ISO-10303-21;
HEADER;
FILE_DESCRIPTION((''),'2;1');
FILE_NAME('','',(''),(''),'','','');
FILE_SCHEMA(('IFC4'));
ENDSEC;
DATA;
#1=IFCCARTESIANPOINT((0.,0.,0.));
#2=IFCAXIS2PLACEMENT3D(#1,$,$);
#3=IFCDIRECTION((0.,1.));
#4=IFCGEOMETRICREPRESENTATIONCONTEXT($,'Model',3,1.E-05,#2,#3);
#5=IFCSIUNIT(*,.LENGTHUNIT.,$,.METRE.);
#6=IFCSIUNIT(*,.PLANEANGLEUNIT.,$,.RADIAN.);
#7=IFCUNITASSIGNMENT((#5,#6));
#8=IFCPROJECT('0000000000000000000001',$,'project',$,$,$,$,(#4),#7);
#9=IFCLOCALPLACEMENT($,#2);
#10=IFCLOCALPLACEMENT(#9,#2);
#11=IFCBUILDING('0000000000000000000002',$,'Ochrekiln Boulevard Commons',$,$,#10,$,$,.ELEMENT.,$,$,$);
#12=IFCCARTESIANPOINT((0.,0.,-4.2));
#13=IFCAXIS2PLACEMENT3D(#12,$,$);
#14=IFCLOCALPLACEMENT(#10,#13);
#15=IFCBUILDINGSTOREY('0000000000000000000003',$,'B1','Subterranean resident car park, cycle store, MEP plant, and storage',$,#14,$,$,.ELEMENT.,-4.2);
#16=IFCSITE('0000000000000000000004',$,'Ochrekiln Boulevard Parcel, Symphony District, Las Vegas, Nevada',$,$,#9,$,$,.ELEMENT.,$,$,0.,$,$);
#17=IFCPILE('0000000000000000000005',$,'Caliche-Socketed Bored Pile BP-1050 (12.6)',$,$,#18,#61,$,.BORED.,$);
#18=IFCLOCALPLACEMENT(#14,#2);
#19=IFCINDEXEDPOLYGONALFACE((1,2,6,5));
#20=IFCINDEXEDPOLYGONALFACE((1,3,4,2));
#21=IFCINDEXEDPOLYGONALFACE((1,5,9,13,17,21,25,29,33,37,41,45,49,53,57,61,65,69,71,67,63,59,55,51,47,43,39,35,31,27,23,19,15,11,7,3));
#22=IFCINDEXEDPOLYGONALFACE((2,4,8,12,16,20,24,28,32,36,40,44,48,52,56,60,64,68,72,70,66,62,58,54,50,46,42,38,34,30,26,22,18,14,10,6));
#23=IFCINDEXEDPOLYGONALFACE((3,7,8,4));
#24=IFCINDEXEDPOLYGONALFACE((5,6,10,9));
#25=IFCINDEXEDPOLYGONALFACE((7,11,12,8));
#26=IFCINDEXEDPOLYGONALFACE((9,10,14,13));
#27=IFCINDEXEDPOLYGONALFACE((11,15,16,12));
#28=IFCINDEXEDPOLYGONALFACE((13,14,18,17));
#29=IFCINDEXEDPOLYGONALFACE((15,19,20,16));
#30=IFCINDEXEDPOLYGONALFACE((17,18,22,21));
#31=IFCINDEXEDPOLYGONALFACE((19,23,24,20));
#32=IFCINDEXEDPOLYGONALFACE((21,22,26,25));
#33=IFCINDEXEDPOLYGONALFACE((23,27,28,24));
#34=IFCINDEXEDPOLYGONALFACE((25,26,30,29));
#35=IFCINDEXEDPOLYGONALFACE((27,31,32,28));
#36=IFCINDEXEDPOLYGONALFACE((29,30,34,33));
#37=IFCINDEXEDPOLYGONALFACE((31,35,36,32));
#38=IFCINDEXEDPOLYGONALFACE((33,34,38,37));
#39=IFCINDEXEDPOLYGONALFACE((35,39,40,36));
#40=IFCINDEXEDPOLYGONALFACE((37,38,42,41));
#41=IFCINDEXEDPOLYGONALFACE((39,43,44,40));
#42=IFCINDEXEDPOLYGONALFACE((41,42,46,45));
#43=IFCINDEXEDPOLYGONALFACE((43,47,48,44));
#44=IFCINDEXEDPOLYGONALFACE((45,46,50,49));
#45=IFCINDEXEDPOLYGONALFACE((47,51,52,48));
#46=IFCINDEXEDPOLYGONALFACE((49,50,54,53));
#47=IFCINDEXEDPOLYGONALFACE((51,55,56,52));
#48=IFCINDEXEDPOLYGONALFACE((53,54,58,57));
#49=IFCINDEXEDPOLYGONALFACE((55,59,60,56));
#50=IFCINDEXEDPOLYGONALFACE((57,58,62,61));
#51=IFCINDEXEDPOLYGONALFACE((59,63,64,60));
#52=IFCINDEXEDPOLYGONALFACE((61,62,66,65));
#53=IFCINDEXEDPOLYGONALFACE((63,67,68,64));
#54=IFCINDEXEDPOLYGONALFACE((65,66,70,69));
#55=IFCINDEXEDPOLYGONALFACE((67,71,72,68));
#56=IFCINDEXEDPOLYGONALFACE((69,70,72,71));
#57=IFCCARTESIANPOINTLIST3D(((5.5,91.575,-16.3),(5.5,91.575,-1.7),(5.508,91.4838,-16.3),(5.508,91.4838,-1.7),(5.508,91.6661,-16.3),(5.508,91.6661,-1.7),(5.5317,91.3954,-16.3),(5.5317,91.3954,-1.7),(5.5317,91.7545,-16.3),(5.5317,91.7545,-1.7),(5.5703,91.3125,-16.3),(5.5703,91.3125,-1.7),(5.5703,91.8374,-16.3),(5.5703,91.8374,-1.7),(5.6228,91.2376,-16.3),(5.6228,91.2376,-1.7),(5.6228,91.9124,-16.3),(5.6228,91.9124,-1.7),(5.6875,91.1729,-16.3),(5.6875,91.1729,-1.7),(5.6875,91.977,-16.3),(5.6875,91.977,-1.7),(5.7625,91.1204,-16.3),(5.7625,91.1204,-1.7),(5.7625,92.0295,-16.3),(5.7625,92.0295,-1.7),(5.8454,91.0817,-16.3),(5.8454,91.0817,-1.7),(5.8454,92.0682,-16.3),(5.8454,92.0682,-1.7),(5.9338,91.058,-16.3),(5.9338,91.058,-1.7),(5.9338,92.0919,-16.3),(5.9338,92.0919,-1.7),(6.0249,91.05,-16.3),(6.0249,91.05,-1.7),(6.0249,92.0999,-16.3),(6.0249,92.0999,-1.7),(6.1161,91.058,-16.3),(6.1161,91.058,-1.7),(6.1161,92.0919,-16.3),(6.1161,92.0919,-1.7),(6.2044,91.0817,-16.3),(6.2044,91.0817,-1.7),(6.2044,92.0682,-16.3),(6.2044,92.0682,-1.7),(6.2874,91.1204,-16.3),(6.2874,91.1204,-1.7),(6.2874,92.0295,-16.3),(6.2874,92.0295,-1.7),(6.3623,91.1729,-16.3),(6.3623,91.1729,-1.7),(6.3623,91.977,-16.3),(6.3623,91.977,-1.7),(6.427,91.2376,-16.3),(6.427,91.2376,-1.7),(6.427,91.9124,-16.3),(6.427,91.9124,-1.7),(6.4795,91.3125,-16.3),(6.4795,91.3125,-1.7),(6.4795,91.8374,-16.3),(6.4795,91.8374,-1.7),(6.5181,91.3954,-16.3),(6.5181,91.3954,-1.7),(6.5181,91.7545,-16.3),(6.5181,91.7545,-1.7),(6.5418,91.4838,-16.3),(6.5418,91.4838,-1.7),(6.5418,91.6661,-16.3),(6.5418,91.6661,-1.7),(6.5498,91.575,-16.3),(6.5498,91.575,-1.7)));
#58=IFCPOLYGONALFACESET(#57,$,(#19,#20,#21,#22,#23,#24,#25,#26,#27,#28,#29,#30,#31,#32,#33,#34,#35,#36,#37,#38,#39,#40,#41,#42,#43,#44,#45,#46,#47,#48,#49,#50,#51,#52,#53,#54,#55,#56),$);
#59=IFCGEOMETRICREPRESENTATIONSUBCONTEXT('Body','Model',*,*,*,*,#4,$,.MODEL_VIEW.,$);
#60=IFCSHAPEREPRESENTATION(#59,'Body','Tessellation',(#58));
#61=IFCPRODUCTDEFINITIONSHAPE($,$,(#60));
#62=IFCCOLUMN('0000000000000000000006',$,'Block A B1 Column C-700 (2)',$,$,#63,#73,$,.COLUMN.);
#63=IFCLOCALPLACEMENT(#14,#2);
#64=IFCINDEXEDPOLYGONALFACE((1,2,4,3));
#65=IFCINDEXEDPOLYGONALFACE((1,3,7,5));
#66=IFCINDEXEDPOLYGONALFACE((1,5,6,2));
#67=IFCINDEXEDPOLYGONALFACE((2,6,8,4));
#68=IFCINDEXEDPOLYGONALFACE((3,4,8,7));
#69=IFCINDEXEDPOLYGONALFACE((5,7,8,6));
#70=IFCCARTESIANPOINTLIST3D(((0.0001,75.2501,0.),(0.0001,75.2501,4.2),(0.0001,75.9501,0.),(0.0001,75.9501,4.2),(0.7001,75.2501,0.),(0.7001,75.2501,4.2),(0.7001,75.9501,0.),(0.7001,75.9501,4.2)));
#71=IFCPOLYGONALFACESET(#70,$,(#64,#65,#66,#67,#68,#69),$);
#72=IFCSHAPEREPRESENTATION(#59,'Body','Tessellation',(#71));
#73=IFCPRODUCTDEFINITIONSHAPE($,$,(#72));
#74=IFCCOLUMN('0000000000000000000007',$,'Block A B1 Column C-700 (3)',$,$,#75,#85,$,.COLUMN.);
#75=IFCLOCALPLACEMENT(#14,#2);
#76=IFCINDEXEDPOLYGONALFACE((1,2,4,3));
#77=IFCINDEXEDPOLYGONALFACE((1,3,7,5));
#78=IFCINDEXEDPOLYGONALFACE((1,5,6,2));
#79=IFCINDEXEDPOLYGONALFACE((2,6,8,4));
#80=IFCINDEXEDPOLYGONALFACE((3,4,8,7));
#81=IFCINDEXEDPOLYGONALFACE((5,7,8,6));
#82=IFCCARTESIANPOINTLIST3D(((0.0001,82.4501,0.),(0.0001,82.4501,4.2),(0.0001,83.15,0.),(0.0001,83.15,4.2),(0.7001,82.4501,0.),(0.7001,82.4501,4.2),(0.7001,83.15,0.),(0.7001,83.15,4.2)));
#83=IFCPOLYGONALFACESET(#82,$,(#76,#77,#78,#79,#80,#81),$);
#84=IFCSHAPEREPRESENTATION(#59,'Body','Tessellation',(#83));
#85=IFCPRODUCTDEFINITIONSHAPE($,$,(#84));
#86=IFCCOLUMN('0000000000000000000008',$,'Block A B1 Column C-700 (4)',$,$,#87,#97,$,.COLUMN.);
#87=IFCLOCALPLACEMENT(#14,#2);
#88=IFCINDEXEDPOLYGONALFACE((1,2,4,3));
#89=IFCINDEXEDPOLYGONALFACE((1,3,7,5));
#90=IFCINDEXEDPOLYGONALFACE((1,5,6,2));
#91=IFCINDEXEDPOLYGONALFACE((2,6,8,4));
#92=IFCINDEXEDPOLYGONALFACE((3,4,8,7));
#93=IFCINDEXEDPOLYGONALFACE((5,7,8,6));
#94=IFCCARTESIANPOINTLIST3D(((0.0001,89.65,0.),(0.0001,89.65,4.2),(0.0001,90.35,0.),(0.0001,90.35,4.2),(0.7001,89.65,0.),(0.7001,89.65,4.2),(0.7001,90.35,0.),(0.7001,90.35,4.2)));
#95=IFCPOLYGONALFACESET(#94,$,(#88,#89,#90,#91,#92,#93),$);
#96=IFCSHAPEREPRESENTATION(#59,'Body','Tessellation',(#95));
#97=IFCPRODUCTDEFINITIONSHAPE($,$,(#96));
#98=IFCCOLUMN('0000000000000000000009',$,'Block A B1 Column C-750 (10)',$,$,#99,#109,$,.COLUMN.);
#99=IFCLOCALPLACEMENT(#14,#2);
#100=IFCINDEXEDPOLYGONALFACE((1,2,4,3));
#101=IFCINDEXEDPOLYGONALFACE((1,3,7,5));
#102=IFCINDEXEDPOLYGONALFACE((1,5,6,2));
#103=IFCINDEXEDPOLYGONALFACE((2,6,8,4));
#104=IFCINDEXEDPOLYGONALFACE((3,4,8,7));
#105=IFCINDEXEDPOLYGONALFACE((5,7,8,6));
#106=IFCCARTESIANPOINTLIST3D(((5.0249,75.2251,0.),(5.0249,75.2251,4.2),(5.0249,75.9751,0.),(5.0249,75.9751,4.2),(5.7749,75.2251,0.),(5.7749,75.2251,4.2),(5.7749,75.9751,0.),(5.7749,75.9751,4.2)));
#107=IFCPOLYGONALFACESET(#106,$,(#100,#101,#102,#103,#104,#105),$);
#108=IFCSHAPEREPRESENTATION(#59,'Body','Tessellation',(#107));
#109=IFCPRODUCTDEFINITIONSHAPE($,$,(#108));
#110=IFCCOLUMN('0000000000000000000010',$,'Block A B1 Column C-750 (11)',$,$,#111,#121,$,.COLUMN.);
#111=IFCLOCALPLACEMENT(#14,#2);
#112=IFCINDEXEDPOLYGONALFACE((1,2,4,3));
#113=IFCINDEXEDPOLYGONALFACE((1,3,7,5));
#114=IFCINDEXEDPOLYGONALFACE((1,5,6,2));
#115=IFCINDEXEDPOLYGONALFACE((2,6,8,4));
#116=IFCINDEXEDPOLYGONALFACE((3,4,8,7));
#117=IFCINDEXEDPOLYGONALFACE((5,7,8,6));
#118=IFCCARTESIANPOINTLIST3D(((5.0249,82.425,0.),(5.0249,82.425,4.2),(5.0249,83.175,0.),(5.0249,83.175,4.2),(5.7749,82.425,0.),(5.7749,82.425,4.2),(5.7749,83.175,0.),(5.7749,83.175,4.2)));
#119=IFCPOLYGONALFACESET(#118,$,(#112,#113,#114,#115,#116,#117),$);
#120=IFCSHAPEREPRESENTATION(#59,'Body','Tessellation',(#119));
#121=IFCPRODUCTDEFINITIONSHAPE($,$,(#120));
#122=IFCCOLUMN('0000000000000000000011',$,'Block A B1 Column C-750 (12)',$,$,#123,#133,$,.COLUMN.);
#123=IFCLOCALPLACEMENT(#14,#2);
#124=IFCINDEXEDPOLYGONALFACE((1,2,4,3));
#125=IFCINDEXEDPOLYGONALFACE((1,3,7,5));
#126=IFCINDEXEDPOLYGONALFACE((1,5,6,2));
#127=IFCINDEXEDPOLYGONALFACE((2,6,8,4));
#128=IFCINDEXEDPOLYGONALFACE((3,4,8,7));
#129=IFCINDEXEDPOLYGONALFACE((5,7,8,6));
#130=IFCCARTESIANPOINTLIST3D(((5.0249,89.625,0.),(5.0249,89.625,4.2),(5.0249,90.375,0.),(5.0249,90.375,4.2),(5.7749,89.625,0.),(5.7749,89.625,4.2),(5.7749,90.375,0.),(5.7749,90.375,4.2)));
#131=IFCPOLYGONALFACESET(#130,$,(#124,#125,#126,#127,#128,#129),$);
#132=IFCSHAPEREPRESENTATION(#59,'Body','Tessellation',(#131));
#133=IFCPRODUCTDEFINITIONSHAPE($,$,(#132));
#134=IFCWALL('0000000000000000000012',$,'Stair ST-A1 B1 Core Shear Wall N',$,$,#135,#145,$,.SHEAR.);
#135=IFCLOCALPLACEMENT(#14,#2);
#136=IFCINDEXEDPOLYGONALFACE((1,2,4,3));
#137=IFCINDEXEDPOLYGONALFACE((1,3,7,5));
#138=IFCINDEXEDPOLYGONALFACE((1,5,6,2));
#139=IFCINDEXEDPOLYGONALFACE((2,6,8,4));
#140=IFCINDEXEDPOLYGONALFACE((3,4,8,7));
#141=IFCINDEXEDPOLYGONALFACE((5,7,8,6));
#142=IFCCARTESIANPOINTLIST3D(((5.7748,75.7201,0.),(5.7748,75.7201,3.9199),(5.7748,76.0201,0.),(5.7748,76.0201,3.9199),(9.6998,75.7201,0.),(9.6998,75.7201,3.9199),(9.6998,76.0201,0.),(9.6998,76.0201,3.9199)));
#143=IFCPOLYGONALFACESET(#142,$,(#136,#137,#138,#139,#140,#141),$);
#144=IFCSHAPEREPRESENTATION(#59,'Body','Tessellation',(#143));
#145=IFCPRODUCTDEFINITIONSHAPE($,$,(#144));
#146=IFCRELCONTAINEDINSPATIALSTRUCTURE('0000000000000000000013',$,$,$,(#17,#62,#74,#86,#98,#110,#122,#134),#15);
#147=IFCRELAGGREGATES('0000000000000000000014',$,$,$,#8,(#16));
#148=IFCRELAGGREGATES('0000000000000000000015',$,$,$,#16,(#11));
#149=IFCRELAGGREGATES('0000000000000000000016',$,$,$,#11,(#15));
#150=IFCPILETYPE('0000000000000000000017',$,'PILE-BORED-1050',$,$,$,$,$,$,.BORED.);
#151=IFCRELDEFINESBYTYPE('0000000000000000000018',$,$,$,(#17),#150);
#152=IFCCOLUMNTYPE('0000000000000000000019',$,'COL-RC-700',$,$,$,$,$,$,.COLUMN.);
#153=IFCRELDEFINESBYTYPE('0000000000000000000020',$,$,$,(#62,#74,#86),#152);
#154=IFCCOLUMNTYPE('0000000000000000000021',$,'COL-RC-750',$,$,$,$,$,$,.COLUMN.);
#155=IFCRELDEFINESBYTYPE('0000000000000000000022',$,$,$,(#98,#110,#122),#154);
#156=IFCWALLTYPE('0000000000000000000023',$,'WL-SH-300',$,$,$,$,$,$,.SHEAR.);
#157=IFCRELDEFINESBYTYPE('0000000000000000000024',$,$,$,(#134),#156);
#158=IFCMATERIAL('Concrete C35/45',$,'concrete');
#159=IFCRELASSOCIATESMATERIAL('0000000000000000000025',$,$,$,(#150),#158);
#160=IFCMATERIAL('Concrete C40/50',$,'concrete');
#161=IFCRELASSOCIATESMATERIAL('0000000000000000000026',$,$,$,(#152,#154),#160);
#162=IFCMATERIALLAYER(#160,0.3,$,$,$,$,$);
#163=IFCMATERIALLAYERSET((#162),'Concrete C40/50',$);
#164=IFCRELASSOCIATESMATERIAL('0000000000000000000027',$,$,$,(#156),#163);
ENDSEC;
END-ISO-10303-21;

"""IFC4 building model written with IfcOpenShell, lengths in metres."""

from ifc_helpers import new_model, si_unit, direction, frame, frame_2d, origin, origin_2d, place, context, subcontext, project, spatial, rectangle, circle, extrude, material, layer, layer_set, material_profile, profile_set, type_object, element, save


model = new_model("IFC4")

# Units and contexts
model_context = context("Model", 3, precision=1e-05, world=origin(), true_north=direction((0.0, 1.0)))
body_context = subcontext(model_context, "Body", "Model", "MODEL_VIEW")
ifc_project = project(units=[si_unit("LENGTHUNIT", "METRE"), si_unit("PLANEANGLEUNIT", "RADIAN")], contexts=[model_context])

# Site, building, storey
site_placement = place(None, origin())
site = spatial("IfcSite", under=ifc_project, at=site_placement, Name="Ochrekiln Boulevard Parcel, Symphony District, Las Vegas, Nevada", CompositionType="ELEMENT", RefElevation=0.0)
building_placement = place(site_placement, origin())
building = spatial("IfcBuilding", under=site, at=building_placement, Name="Ochrekiln Boulevard Commons", CompositionType="ELEMENT")
storey_placement = place(building_placement, frame((0.0, 0.0, -4.2)))
storey = spatial("IfcBuildingStorey", under=building, at=storey_placement, Name="B1", Description="Subterranean resident car park, cycle store, MEP plant, and storage", CompositionType="ELEMENT", Elevation=-4.2)

# Shared definitions
ifc_material_1 = material(Name="Concrete C35/45", Category="concrete")

# Pile
ifc_material_profile_1 = material_profile(ifc_material_1, circle(Radius=0.5249, at=origin_2d()), Name="PILE-D1050")
ifc_profile_set_1 = profile_set([ifc_material_profile_1], Name="Concrete C35/45")
pile_type = type_object("IfcPileType", Name="PILE-BORED-1050", PredefinedType="BORED", material=ifc_profile_set_1)
for number, where, z_axis, x_axis, name in (
    (1, (6.0249, 91.575, -1.7), (0.0, 0.0, -1.0), (1.0, 0.0, 0.0), "Caliche-Socketed Bored Pile BP-1050 (12.6)"),
):
    element("IfcPile", number, at=place(storey_placement, frame(where, z_axis=z_axis, x_axis=x_axis)), inside=storey, type_object=pile_type, Name=name, PredefinedType="BORED", context=body_context, shape_type="SweptSolid", body=[
        extrude(circle(Radius=0.5249, at=origin_2d()), origin(), (0.0, 0.0, 1.0), 14.6001),
    ])

# Columns
ifc_material_2 = material(Name="Concrete C40/50", Category="concrete")
ifc_material_profile_2 = material_profile(ifc_material_2, rectangle(XDim=0.7, YDim=0.7, at=origin_2d()), Name="RC-COL-700x700")
ifc_profile_set_2 = profile_set([ifc_material_profile_2], Name="Concrete C40/50")
column_type_1 = type_object("IfcColumnType", Name="COL-RC-700", PredefinedType="COLUMN", material=ifc_profile_set_2)
for number, where, z_axis, x_axis, name in (
    (2, (0.3501, 75.6001, 0.0), (0.0, 0.0, 1.0), (1.0, 0.0, 0.0), "Block A B1 Column C-700 (2)"),
    (3, (0.3501, 82.8, 0.0), (0.0, 0.0, 1.0), (1.0, 0.0, 0.0), "Block A B1 Column C-700 (3)"),
    (4, (0.3501, 90.0, 0.0), (0.0, 0.0, 1.0), (1.0, 0.0, 0.0), "Block A B1 Column C-700 (4)"),
):
    element("IfcColumn", number, at=place(storey_placement, frame(where, z_axis=z_axis, x_axis=x_axis)), inside=storey, type_object=column_type_1, Name=name, PredefinedType="COLUMN", context=body_context, shape_type="SweptSolid", body=[
        extrude(rectangle(XDim=0.7, YDim=0.7, at=origin_2d()), origin(), (0.0, 0.0, 1.0), 4.2),
    ])
ifc_material_profile_3 = material_profile(ifc_material_2, rectangle(XDim=0.75, YDim=0.75, at=origin_2d()), Name="RC-COL-750x750")
ifc_profile_set_3 = profile_set([ifc_material_profile_3], Name="Concrete C40/50")
column_type_2 = type_object("IfcColumnType", Name="COL-RC-750", PredefinedType="COLUMN", material=ifc_profile_set_3)
for number, where, z_axis, x_axis, name in (
    (5, (5.3999, 75.6001, 0.0), (0.0, 0.0, 1.0), (1.0, 0.0, 0.0), "Block A B1 Column C-750 (10)"),
    (6, (5.3999, 82.8, 0.0), (0.0, 0.0, 1.0), (1.0, 0.0, 0.0), "Block A B1 Column C-750 (11)"),
    (7, (5.3999, 90.0, 0.0), (0.0, 0.0, 1.0), (1.0, 0.0, 0.0), "Block A B1 Column C-750 (12)"),
):
    element("IfcColumn", number, at=place(storey_placement, frame(where, z_axis=z_axis, x_axis=x_axis)), inside=storey, type_object=column_type_2, Name=name, PredefinedType="COLUMN", context=body_context, shape_type="SweptSolid", body=[
        extrude(rectangle(XDim=0.75, YDim=0.75, at=origin_2d()), origin(), (0.0, 0.0, 1.0), 4.2),
    ])

# Wall
ifc_layer = layer(ifc_material_2, 0.3)
ifc_layer_set = layer_set([ifc_layer], Name="Concrete C40/50")
wall_type = type_object("IfcWallType", Name="WL-SH-300", PredefinedType="SHEAR", material=ifc_layer_set)
wall_placement = place(storey_placement, frame((5.7749, 75.8701, 0.0), z_axis=(0.0, 0.0, 1.0), x_axis=(1.0, 0.0, 0.0)))
element("IfcWall", 8, at=wall_placement, inside=storey, type_object=wall_type, Name="Stair ST-A1 B1 Core Shear Wall N", PredefinedType="SHEAR", context=body_context, shape_type="SweptSolid", body=[
    extrude(rectangle(XDim=3.925, YDim=0.3, at=frame_2d((1.9624, 0.0))), origin(), (0.0, 0.0, 1.0), 3.9199),
])

save(model, "model.ifc")
